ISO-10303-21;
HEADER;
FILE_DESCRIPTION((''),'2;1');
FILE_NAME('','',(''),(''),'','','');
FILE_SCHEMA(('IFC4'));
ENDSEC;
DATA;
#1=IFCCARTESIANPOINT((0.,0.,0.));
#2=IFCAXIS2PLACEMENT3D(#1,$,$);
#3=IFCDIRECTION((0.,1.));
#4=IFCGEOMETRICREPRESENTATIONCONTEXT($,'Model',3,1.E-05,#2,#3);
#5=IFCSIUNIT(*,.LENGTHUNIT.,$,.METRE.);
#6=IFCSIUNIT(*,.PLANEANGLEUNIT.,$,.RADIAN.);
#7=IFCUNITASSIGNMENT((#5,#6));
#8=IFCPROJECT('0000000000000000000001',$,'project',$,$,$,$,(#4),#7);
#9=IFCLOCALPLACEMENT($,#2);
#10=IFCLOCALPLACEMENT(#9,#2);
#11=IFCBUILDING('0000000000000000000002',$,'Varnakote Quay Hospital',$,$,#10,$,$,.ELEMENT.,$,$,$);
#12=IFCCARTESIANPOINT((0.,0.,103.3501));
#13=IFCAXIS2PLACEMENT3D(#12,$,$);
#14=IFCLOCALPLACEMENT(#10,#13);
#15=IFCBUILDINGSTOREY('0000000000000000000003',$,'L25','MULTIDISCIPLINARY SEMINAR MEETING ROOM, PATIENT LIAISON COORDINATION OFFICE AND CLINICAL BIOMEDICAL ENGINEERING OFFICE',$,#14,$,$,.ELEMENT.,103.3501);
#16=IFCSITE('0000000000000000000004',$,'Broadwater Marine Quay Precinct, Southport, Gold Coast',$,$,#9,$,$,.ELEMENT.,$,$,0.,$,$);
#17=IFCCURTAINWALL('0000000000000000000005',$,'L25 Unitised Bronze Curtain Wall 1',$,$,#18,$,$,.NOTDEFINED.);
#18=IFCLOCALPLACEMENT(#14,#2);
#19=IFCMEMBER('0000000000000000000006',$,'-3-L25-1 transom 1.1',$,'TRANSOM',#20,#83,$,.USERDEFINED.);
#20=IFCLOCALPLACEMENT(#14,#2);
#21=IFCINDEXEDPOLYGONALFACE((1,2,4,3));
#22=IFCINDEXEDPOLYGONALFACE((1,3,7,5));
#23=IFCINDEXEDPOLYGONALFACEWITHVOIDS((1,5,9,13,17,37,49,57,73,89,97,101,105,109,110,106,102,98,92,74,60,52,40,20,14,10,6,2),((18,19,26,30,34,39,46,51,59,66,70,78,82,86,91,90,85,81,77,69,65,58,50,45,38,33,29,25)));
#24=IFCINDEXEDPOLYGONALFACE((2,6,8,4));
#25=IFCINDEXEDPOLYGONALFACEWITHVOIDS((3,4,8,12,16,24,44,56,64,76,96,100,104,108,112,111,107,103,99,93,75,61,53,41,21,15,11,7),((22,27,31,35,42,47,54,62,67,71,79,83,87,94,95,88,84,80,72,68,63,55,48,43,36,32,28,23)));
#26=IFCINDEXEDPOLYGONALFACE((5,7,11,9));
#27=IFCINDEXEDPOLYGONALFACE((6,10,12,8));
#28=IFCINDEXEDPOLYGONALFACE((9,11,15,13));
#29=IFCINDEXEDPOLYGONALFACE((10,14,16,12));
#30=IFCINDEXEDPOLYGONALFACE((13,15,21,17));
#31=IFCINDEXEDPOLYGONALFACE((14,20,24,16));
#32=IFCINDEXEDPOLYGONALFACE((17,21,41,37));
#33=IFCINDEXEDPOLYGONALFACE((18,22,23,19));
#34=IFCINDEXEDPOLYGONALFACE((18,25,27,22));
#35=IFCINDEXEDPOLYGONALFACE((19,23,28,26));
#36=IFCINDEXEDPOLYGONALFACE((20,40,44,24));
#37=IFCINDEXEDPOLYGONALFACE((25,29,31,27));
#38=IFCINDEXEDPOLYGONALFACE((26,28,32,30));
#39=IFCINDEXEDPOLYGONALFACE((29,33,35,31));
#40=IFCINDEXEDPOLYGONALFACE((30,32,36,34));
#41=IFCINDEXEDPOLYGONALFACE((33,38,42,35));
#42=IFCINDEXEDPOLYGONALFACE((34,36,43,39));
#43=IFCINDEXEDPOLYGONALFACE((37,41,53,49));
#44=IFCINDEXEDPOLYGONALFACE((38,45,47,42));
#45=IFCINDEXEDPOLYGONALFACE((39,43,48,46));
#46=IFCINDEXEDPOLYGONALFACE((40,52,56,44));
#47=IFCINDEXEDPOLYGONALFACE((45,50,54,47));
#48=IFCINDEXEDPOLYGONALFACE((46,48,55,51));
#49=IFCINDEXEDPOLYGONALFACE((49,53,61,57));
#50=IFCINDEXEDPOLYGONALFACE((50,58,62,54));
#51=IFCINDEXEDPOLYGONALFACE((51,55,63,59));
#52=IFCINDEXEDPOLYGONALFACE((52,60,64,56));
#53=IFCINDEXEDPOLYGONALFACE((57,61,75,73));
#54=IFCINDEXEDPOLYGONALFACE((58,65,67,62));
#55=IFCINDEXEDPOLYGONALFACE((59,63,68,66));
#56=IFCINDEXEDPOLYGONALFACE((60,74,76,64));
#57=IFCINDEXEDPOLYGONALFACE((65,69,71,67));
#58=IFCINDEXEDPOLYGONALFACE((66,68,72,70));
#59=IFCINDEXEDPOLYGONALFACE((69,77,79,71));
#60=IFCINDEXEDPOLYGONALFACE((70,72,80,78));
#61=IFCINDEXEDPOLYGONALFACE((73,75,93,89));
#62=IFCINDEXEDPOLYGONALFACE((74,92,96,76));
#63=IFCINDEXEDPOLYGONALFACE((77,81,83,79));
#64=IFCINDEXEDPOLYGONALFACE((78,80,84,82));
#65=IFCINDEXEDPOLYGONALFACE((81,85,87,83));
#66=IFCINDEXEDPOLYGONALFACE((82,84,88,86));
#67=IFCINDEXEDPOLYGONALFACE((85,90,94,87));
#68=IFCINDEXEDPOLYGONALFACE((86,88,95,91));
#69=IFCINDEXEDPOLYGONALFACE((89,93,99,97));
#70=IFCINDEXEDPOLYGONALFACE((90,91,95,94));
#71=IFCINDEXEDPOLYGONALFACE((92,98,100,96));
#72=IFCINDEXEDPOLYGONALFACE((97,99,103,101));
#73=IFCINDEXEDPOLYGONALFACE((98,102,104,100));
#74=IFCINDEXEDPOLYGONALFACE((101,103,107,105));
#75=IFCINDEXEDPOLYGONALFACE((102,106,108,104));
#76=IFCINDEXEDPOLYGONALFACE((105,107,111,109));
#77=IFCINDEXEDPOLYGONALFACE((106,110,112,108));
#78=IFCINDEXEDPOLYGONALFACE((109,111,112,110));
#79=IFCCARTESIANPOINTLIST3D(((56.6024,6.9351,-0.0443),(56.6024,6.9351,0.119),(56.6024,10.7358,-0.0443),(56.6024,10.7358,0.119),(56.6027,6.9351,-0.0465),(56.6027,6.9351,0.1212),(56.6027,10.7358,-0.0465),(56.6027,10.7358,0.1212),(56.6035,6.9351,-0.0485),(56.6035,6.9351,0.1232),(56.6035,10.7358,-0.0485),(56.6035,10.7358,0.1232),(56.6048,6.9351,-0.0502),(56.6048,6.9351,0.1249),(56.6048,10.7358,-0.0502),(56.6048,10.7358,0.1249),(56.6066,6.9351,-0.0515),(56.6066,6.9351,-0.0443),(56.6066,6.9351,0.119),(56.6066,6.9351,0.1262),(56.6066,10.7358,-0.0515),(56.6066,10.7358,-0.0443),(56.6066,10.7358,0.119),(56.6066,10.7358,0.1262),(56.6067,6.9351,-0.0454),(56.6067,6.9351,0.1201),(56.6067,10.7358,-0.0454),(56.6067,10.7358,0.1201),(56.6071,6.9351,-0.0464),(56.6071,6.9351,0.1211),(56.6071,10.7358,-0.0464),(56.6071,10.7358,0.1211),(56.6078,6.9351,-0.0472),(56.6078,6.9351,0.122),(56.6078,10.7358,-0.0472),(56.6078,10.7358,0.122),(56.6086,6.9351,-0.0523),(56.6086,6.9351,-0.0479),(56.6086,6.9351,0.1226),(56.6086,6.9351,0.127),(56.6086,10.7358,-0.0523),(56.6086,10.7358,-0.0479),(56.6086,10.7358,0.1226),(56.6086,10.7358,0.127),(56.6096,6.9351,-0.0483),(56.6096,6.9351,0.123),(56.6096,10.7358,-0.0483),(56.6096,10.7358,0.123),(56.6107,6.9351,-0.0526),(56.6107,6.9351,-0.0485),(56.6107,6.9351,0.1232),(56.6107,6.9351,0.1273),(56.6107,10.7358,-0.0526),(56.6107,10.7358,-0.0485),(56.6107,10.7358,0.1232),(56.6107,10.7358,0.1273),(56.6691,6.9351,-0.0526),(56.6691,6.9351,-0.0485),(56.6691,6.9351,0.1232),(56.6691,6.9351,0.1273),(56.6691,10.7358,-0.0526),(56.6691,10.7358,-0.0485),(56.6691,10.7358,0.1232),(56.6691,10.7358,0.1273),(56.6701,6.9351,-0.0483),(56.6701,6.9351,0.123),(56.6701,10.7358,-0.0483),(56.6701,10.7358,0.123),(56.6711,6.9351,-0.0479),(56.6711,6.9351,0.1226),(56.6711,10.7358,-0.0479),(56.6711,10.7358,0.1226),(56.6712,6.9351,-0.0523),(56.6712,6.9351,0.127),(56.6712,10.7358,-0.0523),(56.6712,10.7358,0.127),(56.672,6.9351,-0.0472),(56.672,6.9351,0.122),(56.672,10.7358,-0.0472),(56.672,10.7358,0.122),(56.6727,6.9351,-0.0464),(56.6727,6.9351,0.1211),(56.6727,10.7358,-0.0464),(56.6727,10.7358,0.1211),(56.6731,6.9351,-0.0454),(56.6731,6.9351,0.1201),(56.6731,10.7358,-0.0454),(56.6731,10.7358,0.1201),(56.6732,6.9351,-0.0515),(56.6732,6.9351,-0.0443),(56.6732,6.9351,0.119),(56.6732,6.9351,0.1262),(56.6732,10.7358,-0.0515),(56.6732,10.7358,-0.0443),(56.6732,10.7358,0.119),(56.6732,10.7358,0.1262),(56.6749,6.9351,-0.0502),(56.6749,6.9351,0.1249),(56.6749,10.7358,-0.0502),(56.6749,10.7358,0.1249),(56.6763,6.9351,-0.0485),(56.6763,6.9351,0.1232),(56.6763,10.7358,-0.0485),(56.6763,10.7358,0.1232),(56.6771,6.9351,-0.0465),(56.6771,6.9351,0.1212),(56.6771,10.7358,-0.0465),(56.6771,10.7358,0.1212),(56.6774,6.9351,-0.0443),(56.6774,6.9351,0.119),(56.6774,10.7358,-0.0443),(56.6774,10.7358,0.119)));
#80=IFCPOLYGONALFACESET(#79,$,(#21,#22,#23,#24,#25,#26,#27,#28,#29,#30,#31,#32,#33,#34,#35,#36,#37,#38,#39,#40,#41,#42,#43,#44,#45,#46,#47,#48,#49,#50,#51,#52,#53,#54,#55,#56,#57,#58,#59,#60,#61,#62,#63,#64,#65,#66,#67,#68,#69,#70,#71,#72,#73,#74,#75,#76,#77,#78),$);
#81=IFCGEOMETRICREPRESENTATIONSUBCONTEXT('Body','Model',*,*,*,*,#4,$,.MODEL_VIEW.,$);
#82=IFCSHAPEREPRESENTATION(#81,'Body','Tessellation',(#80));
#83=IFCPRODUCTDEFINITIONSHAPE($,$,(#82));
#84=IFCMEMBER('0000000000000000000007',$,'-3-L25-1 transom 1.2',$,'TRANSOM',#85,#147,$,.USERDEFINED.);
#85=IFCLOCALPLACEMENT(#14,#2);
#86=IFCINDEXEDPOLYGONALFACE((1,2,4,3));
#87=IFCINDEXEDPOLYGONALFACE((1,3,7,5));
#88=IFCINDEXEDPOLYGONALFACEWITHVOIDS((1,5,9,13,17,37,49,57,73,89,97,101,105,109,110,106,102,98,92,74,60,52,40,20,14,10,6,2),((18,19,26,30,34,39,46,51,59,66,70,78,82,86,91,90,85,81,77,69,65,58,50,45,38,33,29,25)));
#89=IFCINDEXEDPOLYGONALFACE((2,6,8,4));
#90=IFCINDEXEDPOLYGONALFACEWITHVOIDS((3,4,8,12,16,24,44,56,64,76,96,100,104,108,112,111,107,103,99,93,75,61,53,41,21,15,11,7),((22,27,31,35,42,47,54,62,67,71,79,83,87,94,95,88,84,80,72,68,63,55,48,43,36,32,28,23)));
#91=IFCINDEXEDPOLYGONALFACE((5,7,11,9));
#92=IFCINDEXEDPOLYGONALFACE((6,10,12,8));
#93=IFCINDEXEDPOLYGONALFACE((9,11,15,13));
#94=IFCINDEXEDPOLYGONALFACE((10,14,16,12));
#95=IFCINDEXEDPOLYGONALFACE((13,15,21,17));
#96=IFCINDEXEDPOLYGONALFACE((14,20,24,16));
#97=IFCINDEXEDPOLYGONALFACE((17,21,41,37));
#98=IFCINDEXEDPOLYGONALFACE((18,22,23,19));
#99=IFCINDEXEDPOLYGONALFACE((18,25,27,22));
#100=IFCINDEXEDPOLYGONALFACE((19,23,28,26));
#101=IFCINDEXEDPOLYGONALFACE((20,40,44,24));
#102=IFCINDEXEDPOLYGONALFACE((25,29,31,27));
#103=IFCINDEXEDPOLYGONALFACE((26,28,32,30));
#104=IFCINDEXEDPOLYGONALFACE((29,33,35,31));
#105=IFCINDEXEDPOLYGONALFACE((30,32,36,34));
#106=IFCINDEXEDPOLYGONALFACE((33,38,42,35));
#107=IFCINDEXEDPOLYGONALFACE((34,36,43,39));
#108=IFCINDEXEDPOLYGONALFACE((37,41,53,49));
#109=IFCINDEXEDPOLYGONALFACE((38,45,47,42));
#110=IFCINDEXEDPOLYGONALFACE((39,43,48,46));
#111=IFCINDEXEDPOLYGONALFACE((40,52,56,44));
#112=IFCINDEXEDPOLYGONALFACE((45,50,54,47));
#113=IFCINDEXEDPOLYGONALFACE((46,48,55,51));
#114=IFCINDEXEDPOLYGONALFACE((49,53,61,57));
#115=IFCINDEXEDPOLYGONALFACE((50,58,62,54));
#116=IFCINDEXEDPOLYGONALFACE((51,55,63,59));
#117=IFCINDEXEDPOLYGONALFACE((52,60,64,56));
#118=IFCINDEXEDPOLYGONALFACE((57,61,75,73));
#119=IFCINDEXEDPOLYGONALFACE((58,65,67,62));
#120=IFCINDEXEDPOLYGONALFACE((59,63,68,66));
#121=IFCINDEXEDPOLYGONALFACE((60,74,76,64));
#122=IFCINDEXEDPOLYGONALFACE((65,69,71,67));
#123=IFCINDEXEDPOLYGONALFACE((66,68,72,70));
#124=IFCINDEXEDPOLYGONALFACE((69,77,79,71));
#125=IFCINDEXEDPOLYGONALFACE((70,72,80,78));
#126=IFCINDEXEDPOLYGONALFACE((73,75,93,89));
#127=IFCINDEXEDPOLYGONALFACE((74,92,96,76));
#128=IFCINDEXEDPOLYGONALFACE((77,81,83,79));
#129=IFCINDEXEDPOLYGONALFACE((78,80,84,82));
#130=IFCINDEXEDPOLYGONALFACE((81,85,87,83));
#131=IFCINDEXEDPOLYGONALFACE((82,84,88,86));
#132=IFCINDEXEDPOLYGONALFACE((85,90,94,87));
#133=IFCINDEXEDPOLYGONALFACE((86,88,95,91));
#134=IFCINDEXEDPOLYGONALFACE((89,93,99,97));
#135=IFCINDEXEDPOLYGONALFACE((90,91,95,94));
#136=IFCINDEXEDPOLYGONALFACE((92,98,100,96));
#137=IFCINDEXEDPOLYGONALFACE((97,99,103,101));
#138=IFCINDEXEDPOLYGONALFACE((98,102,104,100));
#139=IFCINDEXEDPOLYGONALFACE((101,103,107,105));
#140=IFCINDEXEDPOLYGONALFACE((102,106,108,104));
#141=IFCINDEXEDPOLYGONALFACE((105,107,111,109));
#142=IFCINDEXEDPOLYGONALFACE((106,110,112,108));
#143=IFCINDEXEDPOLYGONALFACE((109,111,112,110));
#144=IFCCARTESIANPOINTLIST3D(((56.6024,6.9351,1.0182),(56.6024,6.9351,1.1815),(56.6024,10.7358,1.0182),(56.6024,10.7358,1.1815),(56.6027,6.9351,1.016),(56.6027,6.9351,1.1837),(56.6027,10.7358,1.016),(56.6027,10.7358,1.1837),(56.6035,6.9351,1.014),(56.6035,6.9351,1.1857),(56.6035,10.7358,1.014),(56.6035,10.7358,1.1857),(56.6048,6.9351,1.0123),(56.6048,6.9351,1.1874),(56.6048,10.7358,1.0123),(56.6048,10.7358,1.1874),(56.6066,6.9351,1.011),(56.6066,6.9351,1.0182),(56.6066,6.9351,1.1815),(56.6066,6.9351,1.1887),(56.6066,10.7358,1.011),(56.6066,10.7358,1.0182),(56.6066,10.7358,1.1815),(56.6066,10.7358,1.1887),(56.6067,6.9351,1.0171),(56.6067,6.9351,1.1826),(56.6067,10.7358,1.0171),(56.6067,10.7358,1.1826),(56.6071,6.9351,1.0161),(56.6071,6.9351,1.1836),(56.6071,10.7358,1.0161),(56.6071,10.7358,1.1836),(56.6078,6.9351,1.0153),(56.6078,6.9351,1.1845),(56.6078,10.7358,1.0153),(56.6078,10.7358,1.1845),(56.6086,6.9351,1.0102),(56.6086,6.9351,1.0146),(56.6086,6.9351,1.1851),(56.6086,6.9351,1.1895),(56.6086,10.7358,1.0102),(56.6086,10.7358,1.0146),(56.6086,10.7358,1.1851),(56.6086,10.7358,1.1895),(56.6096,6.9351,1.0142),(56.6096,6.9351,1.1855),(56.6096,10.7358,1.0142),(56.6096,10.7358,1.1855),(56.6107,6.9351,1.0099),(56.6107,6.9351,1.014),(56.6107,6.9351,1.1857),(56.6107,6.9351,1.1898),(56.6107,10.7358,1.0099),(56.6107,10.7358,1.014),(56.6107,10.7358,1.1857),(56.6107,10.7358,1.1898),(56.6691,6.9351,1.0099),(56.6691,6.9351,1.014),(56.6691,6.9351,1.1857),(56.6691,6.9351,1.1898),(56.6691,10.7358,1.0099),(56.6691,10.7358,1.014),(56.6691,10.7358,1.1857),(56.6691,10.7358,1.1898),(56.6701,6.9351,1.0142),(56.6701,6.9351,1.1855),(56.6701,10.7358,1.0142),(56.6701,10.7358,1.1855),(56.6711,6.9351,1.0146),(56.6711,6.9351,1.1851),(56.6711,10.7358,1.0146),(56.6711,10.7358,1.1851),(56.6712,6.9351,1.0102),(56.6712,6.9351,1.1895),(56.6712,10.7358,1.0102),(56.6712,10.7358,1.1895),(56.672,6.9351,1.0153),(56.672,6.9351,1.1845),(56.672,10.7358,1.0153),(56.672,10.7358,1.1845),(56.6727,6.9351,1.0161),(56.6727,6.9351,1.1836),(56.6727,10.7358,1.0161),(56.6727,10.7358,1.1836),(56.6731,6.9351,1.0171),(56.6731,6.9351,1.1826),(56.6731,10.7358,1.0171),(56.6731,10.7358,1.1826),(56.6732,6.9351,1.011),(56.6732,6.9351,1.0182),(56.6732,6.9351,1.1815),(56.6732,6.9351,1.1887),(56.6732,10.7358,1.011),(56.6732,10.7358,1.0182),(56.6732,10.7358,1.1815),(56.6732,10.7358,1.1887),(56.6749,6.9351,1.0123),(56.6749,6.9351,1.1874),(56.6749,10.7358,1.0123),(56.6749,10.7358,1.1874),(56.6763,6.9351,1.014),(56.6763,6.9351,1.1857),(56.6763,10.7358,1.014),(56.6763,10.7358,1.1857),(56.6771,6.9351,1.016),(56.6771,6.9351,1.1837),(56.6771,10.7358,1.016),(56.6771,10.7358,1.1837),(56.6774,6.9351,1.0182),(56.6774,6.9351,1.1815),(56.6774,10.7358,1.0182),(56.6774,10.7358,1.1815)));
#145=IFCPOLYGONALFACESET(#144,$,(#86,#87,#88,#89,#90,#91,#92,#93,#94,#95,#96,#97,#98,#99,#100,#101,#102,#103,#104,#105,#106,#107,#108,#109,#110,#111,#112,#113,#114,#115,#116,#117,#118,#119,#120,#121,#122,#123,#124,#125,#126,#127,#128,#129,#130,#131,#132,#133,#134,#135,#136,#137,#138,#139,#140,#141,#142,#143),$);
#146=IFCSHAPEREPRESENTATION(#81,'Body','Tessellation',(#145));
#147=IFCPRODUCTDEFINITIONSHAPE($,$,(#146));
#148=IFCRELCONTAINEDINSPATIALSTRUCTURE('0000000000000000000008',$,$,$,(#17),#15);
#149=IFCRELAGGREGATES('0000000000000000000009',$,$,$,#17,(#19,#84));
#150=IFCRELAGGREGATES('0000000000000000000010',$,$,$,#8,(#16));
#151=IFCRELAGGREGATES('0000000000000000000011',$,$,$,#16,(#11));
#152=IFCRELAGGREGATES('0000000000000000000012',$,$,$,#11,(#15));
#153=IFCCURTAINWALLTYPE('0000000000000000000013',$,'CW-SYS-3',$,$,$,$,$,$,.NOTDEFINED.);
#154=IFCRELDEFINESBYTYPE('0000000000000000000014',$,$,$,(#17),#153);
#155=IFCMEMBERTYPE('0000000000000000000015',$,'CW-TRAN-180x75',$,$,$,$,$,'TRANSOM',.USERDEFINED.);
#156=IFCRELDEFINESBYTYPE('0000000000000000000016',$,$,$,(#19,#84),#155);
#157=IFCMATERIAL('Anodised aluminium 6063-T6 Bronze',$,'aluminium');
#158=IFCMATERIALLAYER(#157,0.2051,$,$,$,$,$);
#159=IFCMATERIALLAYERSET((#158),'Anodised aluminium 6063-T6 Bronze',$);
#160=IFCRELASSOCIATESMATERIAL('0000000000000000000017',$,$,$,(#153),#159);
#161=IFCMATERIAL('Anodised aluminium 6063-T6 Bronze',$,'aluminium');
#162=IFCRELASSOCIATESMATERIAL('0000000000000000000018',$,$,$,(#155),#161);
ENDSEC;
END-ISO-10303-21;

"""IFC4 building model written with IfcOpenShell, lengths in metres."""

from ifc_helpers import new_model, si_unit, direction, frame, origin, origin_2d, place, context, subcontext, project, spatial, hollow_rectangle, extrude, material, layer, layer_set, material_profile, profile_set, type_object, element, aggregate, save


model = new_model("IFC4")

# Units and contexts
model_context = context("Model", 3, precision=1e-05, world=origin(), true_north=direction((0.0, 1.0)))
body_context = subcontext(model_context, "Body", "Model", "MODEL_VIEW")
ifc_project = project(units=[si_unit("LENGTHUNIT", "METRE"), si_unit("PLANEANGLEUNIT", "RADIAN")], contexts=[model_context])

# Site, building, storey
site_placement = place(None, origin())
site = spatial("IfcSite", under=ifc_project, at=site_placement, Name="Broadwater Marine Quay Precinct, Southport, Gold Coast", CompositionType="ELEMENT", RefElevation=0.0)
building_placement = place(site_placement, origin())
building = spatial("IfcBuilding", under=site, at=building_placement, Name="Varnakote Quay Hospital", CompositionType="ELEMENT")
storey_placement = place(building_placement, frame((0.0, 0.0, 103.3501)))
storey = spatial("IfcBuildingStorey", under=building, at=storey_placement, Name="L25", Description="MULTIDISCIPLINARY SEMINAR MEETING ROOM, PATIENT LIAISON COORDINATION OFFICE AND CLINICAL BIOMEDICAL ENGINEERING OFFICE", CompositionType="ELEMENT", Elevation=103.3501)

# Curtain wall, members
ifc_material_1 = material(Name="Anodised aluminium 6063-T6 Bronze", Category="aluminium")
ifc_layer_1 = layer(ifc_material_1, 0.2051)
ifc_layer_set_1 = layer_set([ifc_layer_1], Name="Anodised aluminium 6063-T6 Bronze")
curtain_wall_type = type_object("IfcCurtainWallType", Name="CW-SYS-3", PredefinedType="NOTDEFINED", material=ifc_layer_set_1)
curtain_wall_placement = place(storey_placement, origin())
curtain_wall = element("IfcCurtainWall", 1, at=curtain_wall_placement, inside=storey, type_object=curtain_wall_type, Name="L25 Unitised Bronze Curtain Wall 1", PredefinedType="NOTDEFINED")
ifc_material_2 = material(Name="Anodised aluminium 6063-T6 Bronze", Category="aluminium")
ifc_material_profile_1 = material_profile(ifc_material_2, hollow_rectangle(XDim=0.075, YDim=0.1799, WallThickness=0.0042, InnerFilletRadius=0.0042, OuterFilletRadius=0.0083, at=origin_2d()), Name="CW-TRAN-180x75")
ifc_profile_set_1 = profile_set([ifc_material_profile_1], Name="Anodised aluminium 6063-T6 Bronze")
member_type_1 = type_object("IfcMemberType", Name="CW-TRAN-180x75", ElementType="TRANSOM", PredefinedType="USERDEFINED", material=ifc_profile_set_1)
member_1_placement = place(storey_placement, frame((56.6399, 6.9351, 0.0374), z_axis=(0.0, 1.0, 0.0), x_axis=(-1.0, 0.0, 0.0)))
member_1 = element("IfcMember", 2, at=member_1_placement, type_object=member_type_1, Name="-3-L25-1 transom 1.1", ObjectType="TRANSOM", PredefinedType="USERDEFINED", context=body_context, shape_type="SweptSolid", body=[
    extrude(hollow_rectangle(XDim=0.075, YDim=0.1799, WallThickness=0.0042, InnerFilletRadius=0.0042, OuterFilletRadius=0.0083, at=origin_2d()), origin(), (0.0, 0.0, 1.0), 3.8008),
])
member_2_placement = place(storey_placement, frame((56.6399, 6.9351, 1.0999), z_axis=(0.0, 1.0, 0.0), x_axis=(-1.0, 0.0, 0.0)))
member_2 = element("IfcMember", 3, at=member_2_placement, type_object=member_type_1, Name="-3-L25-1 transom 1.2", ObjectType="TRANSOM", PredefinedType="USERDEFINED", context=body_context, shape_type="SweptSolid", body=[
    extrude(hollow_rectangle(XDim=0.075, YDim=0.1799, WallThickness=0.0042, InnerFilletRadius=0.0042, OuterFilletRadius=0.0083, at=origin_2d()), origin(), (0.0, 0.0, 1.0), 3.8008),
])
aggregate(curtain_wall, [member_1, member_2])

save(model, "model.ifc")
